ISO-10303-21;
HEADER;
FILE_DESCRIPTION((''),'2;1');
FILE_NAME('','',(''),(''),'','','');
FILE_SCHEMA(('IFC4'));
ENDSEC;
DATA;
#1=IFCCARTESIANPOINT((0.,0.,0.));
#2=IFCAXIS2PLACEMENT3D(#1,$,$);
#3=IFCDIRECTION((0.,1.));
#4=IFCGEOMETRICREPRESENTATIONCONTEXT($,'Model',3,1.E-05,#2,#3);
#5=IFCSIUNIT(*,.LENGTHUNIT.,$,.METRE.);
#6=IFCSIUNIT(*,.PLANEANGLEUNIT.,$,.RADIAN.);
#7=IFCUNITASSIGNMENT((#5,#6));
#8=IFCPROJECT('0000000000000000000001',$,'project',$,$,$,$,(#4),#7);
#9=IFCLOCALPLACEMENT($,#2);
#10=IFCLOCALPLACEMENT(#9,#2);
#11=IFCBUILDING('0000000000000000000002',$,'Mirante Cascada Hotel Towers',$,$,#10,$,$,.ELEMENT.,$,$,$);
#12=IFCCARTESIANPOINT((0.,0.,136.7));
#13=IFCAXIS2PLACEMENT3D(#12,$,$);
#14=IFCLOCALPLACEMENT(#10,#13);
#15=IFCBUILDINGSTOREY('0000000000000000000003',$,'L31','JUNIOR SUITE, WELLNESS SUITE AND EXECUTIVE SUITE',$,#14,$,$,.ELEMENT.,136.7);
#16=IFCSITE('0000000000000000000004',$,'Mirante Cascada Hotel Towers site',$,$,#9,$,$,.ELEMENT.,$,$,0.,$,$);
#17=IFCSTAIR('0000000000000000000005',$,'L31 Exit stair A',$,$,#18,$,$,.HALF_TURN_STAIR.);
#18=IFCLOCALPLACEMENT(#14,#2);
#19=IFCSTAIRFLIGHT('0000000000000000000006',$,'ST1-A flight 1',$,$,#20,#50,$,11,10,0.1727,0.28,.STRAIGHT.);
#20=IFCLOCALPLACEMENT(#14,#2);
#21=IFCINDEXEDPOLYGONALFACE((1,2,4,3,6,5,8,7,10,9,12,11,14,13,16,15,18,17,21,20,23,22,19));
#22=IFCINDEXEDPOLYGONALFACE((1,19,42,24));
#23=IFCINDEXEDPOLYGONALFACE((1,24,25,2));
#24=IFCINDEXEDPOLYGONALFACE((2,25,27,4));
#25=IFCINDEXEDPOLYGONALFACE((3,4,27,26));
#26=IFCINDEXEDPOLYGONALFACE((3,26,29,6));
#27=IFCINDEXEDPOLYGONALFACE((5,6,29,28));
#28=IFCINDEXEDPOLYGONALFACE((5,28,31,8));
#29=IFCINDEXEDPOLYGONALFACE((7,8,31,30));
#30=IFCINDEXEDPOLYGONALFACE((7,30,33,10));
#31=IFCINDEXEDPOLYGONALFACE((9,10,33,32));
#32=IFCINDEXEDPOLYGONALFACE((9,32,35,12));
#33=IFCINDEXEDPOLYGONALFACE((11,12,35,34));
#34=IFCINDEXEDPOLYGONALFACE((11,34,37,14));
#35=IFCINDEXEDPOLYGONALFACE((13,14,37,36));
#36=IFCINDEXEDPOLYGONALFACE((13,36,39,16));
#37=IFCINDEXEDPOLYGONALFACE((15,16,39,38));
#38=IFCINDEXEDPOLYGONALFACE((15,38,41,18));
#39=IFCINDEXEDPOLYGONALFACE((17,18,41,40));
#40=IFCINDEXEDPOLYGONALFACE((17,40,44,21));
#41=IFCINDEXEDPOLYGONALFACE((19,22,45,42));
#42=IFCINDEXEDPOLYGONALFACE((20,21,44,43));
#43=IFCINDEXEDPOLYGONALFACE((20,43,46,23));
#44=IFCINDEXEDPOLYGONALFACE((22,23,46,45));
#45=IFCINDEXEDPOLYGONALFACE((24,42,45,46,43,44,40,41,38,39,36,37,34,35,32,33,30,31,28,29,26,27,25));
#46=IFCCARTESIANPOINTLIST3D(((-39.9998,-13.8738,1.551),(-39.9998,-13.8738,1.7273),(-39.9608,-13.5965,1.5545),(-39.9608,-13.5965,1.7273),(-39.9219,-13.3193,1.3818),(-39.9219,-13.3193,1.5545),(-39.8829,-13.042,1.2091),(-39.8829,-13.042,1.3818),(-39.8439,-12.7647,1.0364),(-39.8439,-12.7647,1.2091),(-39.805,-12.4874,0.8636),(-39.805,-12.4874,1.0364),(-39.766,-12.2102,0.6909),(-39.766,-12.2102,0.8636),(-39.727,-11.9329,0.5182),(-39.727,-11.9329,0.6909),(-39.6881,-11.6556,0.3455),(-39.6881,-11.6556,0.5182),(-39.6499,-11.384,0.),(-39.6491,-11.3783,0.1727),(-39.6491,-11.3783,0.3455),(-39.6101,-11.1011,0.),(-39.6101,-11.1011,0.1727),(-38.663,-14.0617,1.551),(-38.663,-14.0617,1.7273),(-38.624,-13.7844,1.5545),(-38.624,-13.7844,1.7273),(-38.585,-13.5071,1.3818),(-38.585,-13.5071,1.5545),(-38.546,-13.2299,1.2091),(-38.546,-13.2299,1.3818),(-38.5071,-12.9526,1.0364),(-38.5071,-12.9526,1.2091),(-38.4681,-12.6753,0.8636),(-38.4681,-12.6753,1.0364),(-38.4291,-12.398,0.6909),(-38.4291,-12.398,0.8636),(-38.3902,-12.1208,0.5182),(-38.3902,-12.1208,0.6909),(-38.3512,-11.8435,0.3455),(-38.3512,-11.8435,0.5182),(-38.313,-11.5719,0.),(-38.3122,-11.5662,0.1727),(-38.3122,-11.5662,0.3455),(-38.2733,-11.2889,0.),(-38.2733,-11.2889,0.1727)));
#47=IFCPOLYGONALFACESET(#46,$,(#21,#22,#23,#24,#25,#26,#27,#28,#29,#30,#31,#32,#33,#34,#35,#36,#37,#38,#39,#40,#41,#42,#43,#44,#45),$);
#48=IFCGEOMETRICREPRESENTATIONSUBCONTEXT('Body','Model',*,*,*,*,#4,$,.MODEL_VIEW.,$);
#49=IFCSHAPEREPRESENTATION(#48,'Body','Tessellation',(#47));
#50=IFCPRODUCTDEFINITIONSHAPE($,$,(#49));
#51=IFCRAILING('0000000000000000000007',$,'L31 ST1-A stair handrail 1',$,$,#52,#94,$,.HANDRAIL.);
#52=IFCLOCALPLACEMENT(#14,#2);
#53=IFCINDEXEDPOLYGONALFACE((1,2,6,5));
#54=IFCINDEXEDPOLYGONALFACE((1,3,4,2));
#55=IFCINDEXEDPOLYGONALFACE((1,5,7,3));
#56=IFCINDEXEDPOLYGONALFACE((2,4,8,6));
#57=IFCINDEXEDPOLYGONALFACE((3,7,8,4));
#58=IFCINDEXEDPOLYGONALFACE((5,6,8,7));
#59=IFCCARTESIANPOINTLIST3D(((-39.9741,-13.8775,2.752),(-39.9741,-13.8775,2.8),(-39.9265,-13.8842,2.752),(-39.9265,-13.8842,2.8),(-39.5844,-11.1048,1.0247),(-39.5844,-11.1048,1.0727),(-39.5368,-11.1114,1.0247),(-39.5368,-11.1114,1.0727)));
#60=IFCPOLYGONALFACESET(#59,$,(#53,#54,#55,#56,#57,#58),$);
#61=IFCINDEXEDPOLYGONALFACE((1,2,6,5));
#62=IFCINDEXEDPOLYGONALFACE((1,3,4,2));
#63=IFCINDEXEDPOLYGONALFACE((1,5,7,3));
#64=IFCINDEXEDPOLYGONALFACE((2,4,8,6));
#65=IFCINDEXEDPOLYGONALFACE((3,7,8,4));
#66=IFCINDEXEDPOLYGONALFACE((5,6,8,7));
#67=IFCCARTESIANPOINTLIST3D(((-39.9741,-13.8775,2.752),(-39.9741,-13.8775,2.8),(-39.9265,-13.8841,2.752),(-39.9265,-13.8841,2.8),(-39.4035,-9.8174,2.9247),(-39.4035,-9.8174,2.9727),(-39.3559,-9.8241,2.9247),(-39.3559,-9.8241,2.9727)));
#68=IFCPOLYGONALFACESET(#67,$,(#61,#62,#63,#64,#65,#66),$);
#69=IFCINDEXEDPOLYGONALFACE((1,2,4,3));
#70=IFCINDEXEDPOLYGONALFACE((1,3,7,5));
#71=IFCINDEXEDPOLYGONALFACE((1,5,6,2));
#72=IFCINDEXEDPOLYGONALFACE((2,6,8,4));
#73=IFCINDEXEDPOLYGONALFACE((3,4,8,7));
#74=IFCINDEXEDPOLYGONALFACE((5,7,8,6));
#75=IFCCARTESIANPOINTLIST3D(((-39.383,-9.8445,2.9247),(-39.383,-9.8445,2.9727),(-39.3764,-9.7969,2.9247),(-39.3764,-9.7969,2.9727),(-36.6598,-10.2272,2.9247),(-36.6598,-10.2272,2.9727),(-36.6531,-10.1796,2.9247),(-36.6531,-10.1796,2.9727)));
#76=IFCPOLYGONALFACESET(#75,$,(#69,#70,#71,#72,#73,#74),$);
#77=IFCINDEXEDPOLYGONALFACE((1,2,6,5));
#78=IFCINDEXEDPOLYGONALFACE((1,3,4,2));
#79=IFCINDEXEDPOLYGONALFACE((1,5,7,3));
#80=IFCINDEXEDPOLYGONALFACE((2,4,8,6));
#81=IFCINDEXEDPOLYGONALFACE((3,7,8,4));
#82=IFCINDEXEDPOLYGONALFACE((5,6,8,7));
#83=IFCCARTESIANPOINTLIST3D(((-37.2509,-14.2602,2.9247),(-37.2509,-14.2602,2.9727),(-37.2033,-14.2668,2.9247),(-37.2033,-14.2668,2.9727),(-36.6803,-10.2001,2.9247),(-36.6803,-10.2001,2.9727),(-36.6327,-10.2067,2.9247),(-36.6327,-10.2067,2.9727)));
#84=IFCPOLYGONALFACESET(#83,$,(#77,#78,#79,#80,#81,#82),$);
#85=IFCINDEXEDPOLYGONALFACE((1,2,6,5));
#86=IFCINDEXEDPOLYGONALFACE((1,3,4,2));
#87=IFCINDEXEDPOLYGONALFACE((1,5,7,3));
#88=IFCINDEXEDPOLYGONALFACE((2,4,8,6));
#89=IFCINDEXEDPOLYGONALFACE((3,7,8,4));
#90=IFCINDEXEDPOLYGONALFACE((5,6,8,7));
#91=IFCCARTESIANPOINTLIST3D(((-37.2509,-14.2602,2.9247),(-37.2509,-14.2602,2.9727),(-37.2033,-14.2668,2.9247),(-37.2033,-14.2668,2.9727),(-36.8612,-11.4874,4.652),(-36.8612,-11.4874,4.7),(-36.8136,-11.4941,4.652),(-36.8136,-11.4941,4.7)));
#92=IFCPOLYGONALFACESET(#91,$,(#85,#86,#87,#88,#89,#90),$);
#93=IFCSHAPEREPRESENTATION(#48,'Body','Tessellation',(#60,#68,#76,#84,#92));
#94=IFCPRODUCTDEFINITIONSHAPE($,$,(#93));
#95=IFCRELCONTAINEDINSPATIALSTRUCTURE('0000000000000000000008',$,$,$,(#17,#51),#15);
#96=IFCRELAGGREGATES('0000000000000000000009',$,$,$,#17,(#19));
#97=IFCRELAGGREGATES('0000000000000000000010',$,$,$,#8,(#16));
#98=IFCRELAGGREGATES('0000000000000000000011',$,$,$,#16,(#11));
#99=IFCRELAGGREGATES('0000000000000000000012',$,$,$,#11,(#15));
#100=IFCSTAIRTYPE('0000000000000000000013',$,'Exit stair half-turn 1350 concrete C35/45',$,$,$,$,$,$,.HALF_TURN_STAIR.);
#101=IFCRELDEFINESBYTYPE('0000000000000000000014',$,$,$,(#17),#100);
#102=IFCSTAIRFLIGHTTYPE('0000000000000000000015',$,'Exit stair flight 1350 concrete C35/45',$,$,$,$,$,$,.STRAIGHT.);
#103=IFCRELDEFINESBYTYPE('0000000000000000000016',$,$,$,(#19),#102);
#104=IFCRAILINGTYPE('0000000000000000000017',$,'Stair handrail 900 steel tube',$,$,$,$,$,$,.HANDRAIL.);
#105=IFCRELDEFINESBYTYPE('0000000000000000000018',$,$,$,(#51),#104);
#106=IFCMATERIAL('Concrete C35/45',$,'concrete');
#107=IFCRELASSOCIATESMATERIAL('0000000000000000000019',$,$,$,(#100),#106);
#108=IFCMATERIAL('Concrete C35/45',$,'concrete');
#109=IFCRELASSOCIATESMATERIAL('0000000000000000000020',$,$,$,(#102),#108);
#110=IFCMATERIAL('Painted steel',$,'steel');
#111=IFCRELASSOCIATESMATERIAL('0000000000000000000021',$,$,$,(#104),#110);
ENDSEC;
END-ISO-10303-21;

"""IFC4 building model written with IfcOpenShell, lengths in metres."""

from ifc_helpers import new_model, si_unit, direction, frame, origin, origin_2d, place, context, subcontext, project, spatial, polyline, rectangle, outline, extrude, material, type_object, element, aggregate, save


model = new_model("IFC4")

# Units and contexts
model_context = context("Model", 3, precision=1e-05, world=origin(), true_north=direction((0.0, 1.0)))
body_context = subcontext(model_context, "Body", "Model", "MODEL_VIEW")
ifc_project = project(units=[si_unit("LENGTHUNIT", "METRE"), si_unit("PLANEANGLEUNIT", "RADIAN")], contexts=[model_context])

# Site, building, storey
site_placement = place(None, origin())
site = spatial("IfcSite", under=ifc_project, at=site_placement, Name="Mirante Cascada Hotel Towers site", CompositionType="ELEMENT", RefElevation=0.0)
building_placement = place(site_placement, origin())
building = spatial("IfcBuilding", under=site, at=building_placement, Name="Mirante Cascada Hotel Towers", CompositionType="ELEMENT")
storey_placement = place(building_placement, frame((0.0, 0.0, 136.7)))
storey = spatial("IfcBuildingStorey", under=building, at=storey_placement, Name="L31", Description="JUNIOR SUITE, WELLNESS SUITE AND EXECUTIVE SUITE", CompositionType="ELEMENT", Elevation=136.7)

# Stair, stair flight
ifc_material_1 = material(Name="Concrete C35/45", Category="concrete")
stair_type = type_object("IfcStairType", Name="Exit stair half-turn 1350 concrete C35/45", PredefinedType="HALF_TURN_STAIR", material=ifc_material_1)
stair_placement = place(storey_placement, origin())
stair = element("IfcStair", 1, at=stair_placement, inside=storey, type_object=stair_type, Name="L31 Exit stair A", PredefinedType="HALF_TURN_STAIR")
ifc_material_2 = material(Name="Concrete C35/45", Category="concrete")
stair_flight_type = type_object("IfcStairFlightType", Name="Exit stair flight 1350 concrete C35/45", PredefinedType="STRAIGHT", material=ifc_material_2)
stair_flight_placement = place(storey_placement, frame((-38.9417, -11.195, 0.0), z_axis=(0.0, 0.0, 1.0), x_axis=(-0.139173, -0.990268, 0.0)))
stair_flight = element("IfcStairFlight", 2, at=stair_flight_placement, type_object=stair_flight_type, Name="ST1-A flight 1", NumberOfRisers=11, NumberOfTreads=10, PredefinedType="STRAIGHT", RiserHeight=0.1727, TreadLength=0.28, context=body_context, shape_type="SweptSolid", body=[
    extrude(outline(polyline([(0.0, 0.0), (0.0, 0.1727), (0.28, 0.1727), (0.28, 0.3455), (0.56, 0.3455), (0.56, 0.5182), (0.84, 0.5182), (0.84, 0.6909), (1.12, 0.6909), (1.12, 0.8636), (1.4, 0.8636), (1.4, 1.0364), (1.68, 1.0364), (1.68, 1.2091), (1.96, 1.2091), (1.96, 1.3818), (2.24, 1.3818), (2.24, 1.5545), (2.52, 1.5545), (2.52, 1.7273), (2.8, 1.7273), (2.8, 1.9), (2.8, 1.551), (0.2857, 0.0), (0.0, 0.0)])), frame((0.0, 0.675, 0.0), z_axis=(0.0, -1.0, 0.0), x_axis=(1.0, 0.0, 0.0)), (0.0, 0.0, 1.0), 1.35),
])
aggregate(stair, [stair_flight])

# Railing
ifc_material_3 = material(Name="Painted steel", Category="steel")
railing_type = type_object("IfcRailingType", Name="Stair handrail 900 steel tube", PredefinedType="HANDRAIL", material=ifc_material_3)
railing_placement = place(storey_placement, frame((-39.5606, -11.1081, 0.1727)))
element("IfcRailing", 3, at=railing_placement, inside=storey, type_object=railing_type, Name="L31 ST1-A stair handrail 1", PredefinedType="HANDRAIL", context=body_context, shape_type="SweptSolid", body=[
    extrude(rectangle(XDim=0.048, YDim=0.048, at=origin_2d()), frame((0.0, 0.0, 0.876), z_axis=(-0.139181, -0.990267, 0.0), x_axis=(0.990267, -0.139181, 0.0)), (0.0, 0.525035, 0.851081), 3.2899),
    extrude(rectangle(XDim=0.048, YDim=0.048, at=origin_2d()), frame((-0.3897, -2.7727, 2.6033), z_axis=(0.139171, 0.990268, 0.0), x_axis=(-0.990268, 0.139171, 0.0)), (0.0, 0.042085, 0.999114), 4.1036),
    extrude(rectangle(XDim=0.048, YDim=0.048, at=origin_2d()), frame((0.1809, 1.2874, 2.776), z_axis=(0.990269, -0.139166, 0.0), x_axis=(0.139166, 0.990269, 0.0)), (0.0, 0.0, 1.0), 2.75),
    extrude(rectangle(XDim=0.048, YDim=0.048, at=origin_2d()), frame((2.9041, 0.9047, 2.776), z_axis=(-0.139171, -0.990268, 0.0), x_axis=(0.990268, -0.139171, 0.0)), (0.0, 0.0, 1.0), 4.1),
    extrude(rectangle(XDim=0.048, YDim=0.048, at=origin_2d()), frame((2.3335, -3.1554, 2.776), z_axis=(0.139181, 0.990267, 0.0), x_axis=(-0.990267, 0.139181, 0.0)), (0.0, 0.525035, 0.851081), 3.2899),
])

save(model, "model.ifc")
